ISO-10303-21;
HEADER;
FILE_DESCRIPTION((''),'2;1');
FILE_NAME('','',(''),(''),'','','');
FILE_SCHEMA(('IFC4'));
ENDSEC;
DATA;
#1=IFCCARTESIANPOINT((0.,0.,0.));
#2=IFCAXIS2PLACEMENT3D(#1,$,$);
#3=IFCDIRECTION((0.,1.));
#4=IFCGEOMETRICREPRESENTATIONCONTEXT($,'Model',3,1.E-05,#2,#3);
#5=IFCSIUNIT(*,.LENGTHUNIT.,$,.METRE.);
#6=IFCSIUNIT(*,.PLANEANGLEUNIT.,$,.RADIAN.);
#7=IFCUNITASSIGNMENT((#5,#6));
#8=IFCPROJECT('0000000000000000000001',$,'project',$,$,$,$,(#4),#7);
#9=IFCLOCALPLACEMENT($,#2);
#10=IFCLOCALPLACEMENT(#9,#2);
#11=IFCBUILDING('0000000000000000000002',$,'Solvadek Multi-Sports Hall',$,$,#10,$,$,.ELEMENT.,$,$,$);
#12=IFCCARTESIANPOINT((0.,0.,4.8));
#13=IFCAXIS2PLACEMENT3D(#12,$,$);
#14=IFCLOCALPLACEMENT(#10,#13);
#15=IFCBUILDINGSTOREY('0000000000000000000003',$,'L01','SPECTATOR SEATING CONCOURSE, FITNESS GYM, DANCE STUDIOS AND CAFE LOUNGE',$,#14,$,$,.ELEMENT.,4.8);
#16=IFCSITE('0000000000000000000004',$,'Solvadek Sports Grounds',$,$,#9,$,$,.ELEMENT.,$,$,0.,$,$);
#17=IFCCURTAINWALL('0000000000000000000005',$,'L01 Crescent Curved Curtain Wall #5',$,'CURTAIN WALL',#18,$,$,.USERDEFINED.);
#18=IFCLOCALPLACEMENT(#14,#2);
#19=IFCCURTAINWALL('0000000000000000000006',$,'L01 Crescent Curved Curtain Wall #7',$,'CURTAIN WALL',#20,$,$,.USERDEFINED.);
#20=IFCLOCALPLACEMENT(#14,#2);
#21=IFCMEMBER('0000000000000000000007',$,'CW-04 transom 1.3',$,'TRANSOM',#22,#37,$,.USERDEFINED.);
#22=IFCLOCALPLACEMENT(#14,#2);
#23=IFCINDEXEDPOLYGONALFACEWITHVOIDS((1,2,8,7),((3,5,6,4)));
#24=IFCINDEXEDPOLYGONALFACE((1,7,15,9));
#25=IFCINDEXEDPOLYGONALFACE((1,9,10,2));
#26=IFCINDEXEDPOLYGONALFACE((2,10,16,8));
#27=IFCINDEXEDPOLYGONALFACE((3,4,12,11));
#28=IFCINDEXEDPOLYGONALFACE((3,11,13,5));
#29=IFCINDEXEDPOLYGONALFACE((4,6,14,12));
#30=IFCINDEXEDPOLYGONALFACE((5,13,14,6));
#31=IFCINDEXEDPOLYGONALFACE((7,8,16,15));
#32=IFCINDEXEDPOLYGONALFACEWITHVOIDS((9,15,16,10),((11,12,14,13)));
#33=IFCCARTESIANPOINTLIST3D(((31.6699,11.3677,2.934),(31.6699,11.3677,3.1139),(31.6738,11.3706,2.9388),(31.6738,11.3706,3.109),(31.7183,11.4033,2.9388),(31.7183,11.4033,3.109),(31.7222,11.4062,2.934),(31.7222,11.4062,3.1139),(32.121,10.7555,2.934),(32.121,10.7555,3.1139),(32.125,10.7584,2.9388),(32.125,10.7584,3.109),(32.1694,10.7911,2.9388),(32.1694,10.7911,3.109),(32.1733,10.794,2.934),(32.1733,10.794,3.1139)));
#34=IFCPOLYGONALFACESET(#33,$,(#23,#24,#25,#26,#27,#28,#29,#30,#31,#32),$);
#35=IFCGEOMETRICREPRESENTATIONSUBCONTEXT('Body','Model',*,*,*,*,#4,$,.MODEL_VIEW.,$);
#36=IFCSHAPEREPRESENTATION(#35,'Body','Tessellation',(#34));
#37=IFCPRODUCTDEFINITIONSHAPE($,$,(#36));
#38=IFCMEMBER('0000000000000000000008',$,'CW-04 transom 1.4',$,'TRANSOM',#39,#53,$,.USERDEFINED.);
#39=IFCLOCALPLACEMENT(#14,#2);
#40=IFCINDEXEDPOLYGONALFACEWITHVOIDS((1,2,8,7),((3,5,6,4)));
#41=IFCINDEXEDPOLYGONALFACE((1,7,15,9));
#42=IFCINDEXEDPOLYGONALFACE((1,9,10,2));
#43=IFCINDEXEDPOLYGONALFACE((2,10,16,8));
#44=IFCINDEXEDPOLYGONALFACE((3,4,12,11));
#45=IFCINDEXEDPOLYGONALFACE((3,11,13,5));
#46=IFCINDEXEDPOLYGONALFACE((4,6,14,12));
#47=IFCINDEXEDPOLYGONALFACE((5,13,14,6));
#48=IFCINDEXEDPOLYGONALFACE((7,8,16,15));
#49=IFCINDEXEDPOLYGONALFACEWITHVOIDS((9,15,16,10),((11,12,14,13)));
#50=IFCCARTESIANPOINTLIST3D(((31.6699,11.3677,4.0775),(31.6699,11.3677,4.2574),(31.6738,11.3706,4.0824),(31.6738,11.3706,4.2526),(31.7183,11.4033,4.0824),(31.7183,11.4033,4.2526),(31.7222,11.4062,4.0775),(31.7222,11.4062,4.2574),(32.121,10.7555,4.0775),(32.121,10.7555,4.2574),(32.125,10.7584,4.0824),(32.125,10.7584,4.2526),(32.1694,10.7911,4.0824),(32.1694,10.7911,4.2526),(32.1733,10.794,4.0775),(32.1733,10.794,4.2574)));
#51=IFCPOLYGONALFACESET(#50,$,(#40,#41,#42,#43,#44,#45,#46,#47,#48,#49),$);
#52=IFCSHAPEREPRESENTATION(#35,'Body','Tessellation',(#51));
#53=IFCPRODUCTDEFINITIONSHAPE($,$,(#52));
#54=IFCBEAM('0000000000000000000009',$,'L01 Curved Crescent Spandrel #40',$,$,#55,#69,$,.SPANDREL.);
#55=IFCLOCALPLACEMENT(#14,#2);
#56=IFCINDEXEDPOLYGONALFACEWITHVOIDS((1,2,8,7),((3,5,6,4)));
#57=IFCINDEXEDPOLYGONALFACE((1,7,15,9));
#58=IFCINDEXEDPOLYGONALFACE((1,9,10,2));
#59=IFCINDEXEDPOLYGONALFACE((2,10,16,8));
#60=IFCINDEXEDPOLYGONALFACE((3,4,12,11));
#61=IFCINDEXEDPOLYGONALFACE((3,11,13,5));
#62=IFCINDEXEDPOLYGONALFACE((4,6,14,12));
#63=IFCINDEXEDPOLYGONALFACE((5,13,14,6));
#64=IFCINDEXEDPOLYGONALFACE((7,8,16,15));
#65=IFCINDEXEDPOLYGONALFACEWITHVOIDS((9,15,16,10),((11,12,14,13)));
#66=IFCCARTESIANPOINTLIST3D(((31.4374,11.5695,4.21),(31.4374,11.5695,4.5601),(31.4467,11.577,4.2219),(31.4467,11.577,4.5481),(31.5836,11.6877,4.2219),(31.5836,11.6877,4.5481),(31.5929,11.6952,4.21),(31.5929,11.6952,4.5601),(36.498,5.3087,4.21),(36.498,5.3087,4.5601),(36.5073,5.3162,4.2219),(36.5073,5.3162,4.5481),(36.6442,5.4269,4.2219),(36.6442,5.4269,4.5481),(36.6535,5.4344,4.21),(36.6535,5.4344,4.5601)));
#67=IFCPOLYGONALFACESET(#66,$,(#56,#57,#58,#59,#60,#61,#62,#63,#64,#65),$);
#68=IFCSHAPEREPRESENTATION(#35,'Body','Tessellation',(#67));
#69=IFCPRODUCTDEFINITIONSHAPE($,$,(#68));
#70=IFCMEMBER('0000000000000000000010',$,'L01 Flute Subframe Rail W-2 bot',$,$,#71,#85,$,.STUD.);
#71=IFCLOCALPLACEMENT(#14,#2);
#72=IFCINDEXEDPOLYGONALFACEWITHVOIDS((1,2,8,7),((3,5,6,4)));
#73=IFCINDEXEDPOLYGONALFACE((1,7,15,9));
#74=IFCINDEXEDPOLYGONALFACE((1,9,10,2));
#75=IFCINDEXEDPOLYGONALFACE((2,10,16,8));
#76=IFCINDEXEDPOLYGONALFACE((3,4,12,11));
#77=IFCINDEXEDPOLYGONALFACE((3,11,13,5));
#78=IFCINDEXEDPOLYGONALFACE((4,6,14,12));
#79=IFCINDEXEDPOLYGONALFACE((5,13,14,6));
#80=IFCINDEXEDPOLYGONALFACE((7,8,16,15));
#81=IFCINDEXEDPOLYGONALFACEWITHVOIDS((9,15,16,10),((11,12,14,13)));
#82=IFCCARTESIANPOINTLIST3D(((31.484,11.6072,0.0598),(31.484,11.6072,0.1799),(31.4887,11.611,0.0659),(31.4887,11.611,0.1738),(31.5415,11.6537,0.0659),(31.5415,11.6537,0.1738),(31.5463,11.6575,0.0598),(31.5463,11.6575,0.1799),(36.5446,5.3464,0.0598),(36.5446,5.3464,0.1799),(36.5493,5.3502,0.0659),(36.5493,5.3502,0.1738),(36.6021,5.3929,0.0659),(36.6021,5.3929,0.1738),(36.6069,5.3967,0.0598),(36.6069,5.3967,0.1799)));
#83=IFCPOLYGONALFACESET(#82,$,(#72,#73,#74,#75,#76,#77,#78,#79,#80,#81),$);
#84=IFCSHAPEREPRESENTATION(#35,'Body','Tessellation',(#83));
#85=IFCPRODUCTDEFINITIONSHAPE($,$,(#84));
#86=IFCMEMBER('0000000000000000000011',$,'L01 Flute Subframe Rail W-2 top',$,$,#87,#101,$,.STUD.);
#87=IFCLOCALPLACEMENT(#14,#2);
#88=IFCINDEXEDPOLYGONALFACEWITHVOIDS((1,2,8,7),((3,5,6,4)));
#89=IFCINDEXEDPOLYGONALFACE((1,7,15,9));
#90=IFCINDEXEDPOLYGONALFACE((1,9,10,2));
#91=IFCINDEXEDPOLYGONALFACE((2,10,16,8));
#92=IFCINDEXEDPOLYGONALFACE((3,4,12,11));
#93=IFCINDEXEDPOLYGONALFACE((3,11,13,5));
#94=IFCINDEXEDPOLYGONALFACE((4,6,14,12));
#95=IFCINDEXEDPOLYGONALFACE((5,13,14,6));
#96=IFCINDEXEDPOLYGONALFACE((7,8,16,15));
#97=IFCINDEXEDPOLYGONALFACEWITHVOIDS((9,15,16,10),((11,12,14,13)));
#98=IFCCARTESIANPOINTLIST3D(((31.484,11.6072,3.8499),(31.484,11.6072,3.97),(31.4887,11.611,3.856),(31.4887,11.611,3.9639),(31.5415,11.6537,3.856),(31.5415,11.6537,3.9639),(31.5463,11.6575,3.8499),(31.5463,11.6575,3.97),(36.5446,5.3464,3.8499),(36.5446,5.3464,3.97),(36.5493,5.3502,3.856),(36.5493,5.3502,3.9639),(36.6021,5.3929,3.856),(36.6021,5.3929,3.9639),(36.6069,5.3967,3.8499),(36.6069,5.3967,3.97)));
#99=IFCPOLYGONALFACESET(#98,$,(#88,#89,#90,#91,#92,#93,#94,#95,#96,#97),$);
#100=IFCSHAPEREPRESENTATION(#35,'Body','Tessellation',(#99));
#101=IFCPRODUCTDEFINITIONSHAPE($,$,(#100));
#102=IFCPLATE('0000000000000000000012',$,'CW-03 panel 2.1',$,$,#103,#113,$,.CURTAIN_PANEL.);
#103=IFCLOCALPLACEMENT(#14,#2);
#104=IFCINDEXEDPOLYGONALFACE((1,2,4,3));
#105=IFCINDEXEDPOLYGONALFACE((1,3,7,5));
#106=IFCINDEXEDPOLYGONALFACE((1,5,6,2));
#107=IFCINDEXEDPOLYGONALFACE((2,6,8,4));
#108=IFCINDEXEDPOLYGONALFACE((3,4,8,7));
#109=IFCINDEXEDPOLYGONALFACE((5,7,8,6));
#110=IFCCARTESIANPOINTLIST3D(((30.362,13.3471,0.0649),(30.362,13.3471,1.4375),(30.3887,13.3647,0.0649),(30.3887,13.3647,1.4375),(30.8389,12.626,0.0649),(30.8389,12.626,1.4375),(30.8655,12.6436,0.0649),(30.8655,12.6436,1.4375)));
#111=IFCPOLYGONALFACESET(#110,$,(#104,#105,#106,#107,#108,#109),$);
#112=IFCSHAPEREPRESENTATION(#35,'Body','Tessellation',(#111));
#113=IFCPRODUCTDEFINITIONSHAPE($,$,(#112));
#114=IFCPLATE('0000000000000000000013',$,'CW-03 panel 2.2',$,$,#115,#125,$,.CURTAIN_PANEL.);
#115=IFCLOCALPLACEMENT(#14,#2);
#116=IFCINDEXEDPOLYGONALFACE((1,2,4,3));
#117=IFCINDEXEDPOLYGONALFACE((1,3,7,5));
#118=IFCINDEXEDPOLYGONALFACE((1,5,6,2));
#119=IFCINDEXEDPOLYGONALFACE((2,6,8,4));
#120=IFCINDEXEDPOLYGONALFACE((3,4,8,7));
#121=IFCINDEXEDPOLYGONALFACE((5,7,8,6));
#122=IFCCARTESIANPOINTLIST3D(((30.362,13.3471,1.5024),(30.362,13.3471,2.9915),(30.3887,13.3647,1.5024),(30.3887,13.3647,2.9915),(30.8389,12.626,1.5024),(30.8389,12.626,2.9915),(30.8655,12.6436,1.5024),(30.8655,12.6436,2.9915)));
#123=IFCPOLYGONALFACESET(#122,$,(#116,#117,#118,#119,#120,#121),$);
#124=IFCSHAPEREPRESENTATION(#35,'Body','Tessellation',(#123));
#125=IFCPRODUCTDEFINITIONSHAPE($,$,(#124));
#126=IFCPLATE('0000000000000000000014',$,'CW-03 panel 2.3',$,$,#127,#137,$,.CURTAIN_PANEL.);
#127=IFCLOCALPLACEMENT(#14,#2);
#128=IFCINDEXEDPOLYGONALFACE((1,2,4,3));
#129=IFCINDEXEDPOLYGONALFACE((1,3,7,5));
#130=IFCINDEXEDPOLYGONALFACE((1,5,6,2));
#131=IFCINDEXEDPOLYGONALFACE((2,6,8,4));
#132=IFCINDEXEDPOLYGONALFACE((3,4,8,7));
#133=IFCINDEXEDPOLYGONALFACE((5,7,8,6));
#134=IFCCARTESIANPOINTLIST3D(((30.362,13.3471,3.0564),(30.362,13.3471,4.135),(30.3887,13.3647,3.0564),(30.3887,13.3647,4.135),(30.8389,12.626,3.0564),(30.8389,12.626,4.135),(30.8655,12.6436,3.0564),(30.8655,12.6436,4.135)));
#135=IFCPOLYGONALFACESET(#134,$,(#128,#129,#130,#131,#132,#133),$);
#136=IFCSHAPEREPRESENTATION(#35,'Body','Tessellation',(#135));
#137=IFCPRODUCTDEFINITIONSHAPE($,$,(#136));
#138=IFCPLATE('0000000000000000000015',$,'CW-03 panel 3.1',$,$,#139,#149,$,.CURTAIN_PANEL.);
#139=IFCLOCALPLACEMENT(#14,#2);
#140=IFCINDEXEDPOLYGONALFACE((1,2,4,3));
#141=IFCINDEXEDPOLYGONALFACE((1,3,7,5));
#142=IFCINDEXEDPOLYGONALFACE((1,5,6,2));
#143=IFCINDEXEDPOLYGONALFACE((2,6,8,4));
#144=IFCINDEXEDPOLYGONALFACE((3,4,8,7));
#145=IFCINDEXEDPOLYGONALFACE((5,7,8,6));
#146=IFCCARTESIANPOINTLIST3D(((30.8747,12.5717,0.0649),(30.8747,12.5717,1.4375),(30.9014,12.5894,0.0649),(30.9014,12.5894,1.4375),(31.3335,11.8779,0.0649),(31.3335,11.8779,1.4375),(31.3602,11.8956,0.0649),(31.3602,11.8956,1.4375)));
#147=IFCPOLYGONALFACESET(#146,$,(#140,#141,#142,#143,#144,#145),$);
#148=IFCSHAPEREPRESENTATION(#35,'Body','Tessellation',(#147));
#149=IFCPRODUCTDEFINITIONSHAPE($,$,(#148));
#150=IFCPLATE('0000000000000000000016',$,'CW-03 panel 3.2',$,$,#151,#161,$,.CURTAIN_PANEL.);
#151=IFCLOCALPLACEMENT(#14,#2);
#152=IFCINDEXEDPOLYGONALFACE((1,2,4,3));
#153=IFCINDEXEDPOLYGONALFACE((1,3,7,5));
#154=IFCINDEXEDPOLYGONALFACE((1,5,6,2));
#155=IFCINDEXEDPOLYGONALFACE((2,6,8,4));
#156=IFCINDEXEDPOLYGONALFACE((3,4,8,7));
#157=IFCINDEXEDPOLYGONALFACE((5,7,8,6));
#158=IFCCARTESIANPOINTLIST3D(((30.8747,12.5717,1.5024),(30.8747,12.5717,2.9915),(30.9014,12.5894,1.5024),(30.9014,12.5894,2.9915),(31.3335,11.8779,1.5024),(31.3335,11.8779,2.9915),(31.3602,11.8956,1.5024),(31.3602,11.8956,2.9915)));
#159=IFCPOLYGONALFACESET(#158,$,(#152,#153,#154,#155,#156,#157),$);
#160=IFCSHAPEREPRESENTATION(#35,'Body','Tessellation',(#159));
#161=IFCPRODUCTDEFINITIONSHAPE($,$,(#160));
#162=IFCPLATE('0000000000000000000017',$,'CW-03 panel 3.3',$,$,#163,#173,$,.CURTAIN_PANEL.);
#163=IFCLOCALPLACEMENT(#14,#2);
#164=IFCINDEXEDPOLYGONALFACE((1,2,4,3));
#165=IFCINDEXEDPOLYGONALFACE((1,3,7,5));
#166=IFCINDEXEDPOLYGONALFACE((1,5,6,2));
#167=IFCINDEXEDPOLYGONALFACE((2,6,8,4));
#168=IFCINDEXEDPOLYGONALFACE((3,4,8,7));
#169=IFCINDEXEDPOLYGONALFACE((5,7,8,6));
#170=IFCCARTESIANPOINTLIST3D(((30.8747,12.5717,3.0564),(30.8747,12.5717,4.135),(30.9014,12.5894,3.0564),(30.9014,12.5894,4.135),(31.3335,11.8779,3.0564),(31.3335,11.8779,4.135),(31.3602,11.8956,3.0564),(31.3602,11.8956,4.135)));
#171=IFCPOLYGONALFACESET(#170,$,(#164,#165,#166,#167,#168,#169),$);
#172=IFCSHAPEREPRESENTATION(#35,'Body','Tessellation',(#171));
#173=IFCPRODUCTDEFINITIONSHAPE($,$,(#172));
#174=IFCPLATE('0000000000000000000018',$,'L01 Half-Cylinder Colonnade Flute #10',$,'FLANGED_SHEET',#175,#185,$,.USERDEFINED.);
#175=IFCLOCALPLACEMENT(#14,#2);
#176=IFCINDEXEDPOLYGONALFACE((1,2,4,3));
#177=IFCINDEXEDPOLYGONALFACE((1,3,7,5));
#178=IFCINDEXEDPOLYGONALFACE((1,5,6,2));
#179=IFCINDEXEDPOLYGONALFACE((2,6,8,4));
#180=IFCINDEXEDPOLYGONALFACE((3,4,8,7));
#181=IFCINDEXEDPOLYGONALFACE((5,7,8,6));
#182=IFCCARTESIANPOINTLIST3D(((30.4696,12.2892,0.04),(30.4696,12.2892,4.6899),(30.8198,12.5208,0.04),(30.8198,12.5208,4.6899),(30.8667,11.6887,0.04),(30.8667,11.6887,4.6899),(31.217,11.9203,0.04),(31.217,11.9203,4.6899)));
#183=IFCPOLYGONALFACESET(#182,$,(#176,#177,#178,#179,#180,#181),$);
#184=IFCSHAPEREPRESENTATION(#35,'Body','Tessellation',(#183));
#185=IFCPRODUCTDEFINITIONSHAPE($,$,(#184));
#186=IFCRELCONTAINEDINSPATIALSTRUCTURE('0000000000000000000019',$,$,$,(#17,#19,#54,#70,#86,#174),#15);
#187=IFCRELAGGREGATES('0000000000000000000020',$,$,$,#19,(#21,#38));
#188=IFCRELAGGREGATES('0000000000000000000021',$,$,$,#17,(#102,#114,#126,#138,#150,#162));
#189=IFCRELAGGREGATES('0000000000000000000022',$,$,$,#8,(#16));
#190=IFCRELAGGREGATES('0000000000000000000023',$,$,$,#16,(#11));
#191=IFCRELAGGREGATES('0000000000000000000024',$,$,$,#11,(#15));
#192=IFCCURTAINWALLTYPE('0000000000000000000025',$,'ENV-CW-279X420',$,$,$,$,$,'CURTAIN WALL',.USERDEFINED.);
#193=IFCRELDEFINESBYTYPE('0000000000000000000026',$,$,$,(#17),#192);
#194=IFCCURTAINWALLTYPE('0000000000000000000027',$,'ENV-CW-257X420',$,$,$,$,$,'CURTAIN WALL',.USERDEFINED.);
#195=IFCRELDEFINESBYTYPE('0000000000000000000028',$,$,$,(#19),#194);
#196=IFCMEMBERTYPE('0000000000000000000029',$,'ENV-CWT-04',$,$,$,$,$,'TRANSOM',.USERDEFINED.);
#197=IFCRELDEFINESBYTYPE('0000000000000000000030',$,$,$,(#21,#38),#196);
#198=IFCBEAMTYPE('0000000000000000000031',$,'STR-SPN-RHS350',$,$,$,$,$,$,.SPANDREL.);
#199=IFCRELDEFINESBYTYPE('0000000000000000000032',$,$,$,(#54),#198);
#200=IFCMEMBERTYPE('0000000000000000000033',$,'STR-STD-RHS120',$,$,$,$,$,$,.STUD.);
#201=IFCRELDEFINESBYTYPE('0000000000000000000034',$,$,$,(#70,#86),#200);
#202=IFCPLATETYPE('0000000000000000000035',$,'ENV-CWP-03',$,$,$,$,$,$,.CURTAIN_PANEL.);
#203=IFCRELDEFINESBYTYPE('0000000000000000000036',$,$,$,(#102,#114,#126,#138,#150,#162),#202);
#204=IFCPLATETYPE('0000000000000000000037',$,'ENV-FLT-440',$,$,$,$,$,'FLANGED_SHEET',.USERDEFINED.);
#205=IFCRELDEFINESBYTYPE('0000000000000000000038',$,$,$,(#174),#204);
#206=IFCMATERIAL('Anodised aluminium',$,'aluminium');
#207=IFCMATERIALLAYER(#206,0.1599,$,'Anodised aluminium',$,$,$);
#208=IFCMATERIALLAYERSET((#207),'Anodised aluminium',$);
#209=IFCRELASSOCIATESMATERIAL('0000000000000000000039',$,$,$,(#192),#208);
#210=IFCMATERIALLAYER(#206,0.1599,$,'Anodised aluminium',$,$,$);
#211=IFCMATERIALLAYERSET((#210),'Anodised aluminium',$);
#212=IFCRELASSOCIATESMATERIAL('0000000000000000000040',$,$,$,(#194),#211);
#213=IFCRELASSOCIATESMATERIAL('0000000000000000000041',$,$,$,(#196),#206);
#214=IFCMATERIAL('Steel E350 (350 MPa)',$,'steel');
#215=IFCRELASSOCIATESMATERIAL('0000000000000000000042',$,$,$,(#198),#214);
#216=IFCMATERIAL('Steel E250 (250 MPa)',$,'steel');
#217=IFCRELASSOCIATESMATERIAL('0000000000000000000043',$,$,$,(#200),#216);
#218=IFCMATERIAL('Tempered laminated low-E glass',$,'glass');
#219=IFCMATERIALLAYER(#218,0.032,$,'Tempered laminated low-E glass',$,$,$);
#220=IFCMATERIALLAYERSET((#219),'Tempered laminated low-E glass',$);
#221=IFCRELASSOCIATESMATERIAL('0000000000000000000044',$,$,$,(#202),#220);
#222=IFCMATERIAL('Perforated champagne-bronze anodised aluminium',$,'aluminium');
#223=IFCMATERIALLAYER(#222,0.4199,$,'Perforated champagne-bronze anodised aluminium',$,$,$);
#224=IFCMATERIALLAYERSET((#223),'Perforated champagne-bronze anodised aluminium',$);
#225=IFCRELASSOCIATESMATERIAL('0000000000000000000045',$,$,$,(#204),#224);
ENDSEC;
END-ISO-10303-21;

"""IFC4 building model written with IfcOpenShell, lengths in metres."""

from ifc_helpers import new_model, si_unit, direction, frame, origin, origin_2d, place, context, subcontext, project, spatial, rectangle, hollow_rectangle, extrude, material, layer, layer_set, material_profile, profile_set, type_object, element, aggregate, save


model = new_model("IFC4")

# Units and contexts
model_context = context("Model", 3, precision=1e-05, world=origin(), true_north=direction((0.0, 1.0)))
body_context = subcontext(model_context, "Body", "Model", "MODEL_VIEW")
ifc_project = project(units=[si_unit("LENGTHUNIT", "METRE"), si_unit("PLANEANGLEUNIT", "RADIAN")], contexts=[model_context])

# Site, building, storey
site_placement = place(None, origin())
site = spatial("IfcSite", under=ifc_project, at=site_placement, Name="Solvadek Sports Grounds", CompositionType="ELEMENT", RefElevation=0.0)
building_placement = place(site_placement, origin())
building = spatial("IfcBuilding", under=site, at=building_placement, Name="Solvadek Multi-Sports Hall", CompositionType="ELEMENT")
storey_placement = place(building_placement, frame((0.0, 0.0, 4.8)))
storey = spatial("IfcBuildingStorey", under=building, at=storey_placement, Name="L01", Description="SPECTATOR SEATING CONCOURSE, FITNESS GYM, DANCE STUDIOS AND CAFE LOUNGE", CompositionType="ELEMENT", Elevation=4.8)

# Shared definitions
ifc_material_1 = material(Name="Steel E350 (350 MPa)", Category="steel")

# Curtain wall
ifc_material_2 = material(Name="Anodised aluminium", Category="aluminium")
ifc_layer_1 = layer(ifc_material_2, 0.1599, Name="Anodised aluminium")
ifc_layer_set_1 = layer_set([ifc_layer_1], Name="Anodised aluminium")
curtain_wall_type_1 = type_object("IfcCurtainWallType", Name="ENV-CW-279X420", ElementType="CURTAIN WALL", PredefinedType="USERDEFINED", material=ifc_layer_set_1)
curtain_wall_1_placement = place(storey_placement, origin())
curtain_wall_1 = element("IfcCurtainWall", 1, at=curtain_wall_1_placement, inside=storey, type_object=curtain_wall_type_1, Name="L01 Crescent Curved Curtain Wall #5", ObjectType="CURTAIN WALL", PredefinedType="USERDEFINED")

# Curtain wall
ifc_layer_2 = layer(ifc_material_2, 0.1599, Name="Anodised aluminium")
ifc_layer_set_2 = layer_set([ifc_layer_2], Name="Anodised aluminium")
curtain_wall_type_2 = type_object("IfcCurtainWallType", Name="ENV-CW-257X420", ElementType="CURTAIN WALL", PredefinedType="USERDEFINED", material=ifc_layer_set_2)
curtain_wall_2_placement = place(storey_placement, origin())
curtain_wall_2 = element("IfcCurtainWall", 2, at=curtain_wall_2_placement, inside=storey, type_object=curtain_wall_type_2, Name="L01 Crescent Curved Curtain Wall #7", ObjectType="CURTAIN WALL", PredefinedType="USERDEFINED")

# Members
ifc_material_profile_1 = material_profile(ifc_material_2, hollow_rectangle(XDim=0.0649, YDim=0.1799, WallThickness=0.0049, at=origin_2d()), Name="ALU-T 180x65x5")
ifc_profile_set_1 = profile_set([ifc_material_profile_1], Name="Anodised aluminium")
member_type_1 = type_object("IfcMemberType", Name="ENV-CWT-04", ElementType="TRANSOM", PredefinedType="USERDEFINED", material=ifc_profile_set_1)
member_1_placement = place(storey_placement, frame((31.696, 11.387, 3.0239), z_axis=(0.593199, -0.805056, 0.0), x_axis=(0.805056, 0.593199, 0.0)))
member_1 = element("IfcMember", 3, at=member_1_placement, type_object=member_type_1, Name="CW-04 transom 1.3", ObjectType="TRANSOM", PredefinedType="USERDEFINED", context=body_context, shape_type="SweptSolid", body=[
    extrude(hollow_rectangle(XDim=0.0649, YDim=0.1799, WallThickness=0.0049, at=origin_2d()), origin(), (0.0, 0.0, 1.0), 0.7605),
])
member_2_placement = place(storey_placement, frame((31.696, 11.387, 4.1675), z_axis=(0.593199, -0.805056, 0.0), x_axis=(0.805056, 0.593199, 0.0)))
member_2 = element("IfcMember", 4, at=member_2_placement, type_object=member_type_1, Name="CW-04 transom 1.4", ObjectType="TRANSOM", PredefinedType="USERDEFINED", context=body_context, shape_type="SweptSolid", body=[
    extrude(hollow_rectangle(XDim=0.0649, YDim=0.1799, WallThickness=0.0049, at=origin_2d()), origin(), (0.0, 0.0, 1.0), 0.7605),
])
aggregate(curtain_wall_2, [member_1, member_2])

# Beam
ifc_material_profile_2 = material_profile(ifc_material_1, hollow_rectangle(XDim=0.2, YDim=0.3501, WallThickness=0.012, at=origin_2d()), Name="RHS 350x200x12")
ifc_profile_set_2 = profile_set([ifc_material_profile_2], Name="Steel E350 (350 MPa)")
beam_type = type_object("IfcBeamType", Name="STR-SPN-RHS350", PredefinedType="SPANDREL", material=ifc_profile_set_2)
beam_placement = place(storey_placement, frame((31.5151, 11.6323, 4.385), z_axis=(0.628622, -0.777711, 0.0), x_axis=(0.777711, 0.628622, 0.0)))
element("IfcBeam", 5, at=beam_placement, inside=storey, type_object=beam_type, Name="L01 Curved Crescent Spandrel #40", PredefinedType="SPANDREL", context=body_context, shape_type="SweptSolid", body=[
    extrude(hollow_rectangle(XDim=0.2, YDim=0.3501, WallThickness=0.012, at=origin_2d()), origin(), (0.0, 0.0, 1.0), 8.0503),
])

# Members
ifc_material_3 = material(Name="Steel E250 (250 MPa)", Category="steel")
ifc_material_profile_3 = material_profile(ifc_material_3, hollow_rectangle(XDim=0.0801, YDim=0.1201, WallThickness=0.0061, at=origin_2d()), Name="RHS 120x80x6")
ifc_profile_set_3 = profile_set([ifc_material_profile_3], Name="Steel E250 (250 MPa)")
member_type_2 = type_object("IfcMemberType", Name="STR-STD-RHS120", PredefinedType="STUD", material=ifc_profile_set_3)
for number, where, z_axis, x_axis, name in (
    (6, (31.5151, 11.6323, 0.1199), (0.628622, -0.777711, 0.0), (0.777711, 0.628622, 0.0), "L01 Flute Subframe Rail W-2 bot"),
    (7, (31.5151, 11.6323, 3.9099), (0.628622, -0.777711, 0.0), (0.777711, 0.628622, 0.0), "L01 Flute Subframe Rail W-2 top"),
):
    element("IfcMember", number, at=place(storey_placement, frame(where, z_axis=z_axis, x_axis=x_axis)), inside=storey, type_object=member_type_2, Name=name, PredefinedType="STUD", context=body_context, shape_type="SweptSolid", body=[
        extrude(hollow_rectangle(XDim=0.0801, YDim=0.1201, WallThickness=0.0061, at=origin_2d()), origin(), (0.0, 0.0, 1.0), 8.0503),
    ])

# Plates
ifc_material_4 = material(Name="Tempered laminated low-E glass", Category="glass")
ifc_layer_3 = layer(ifc_material_4, 0.032, Name="Tempered laminated low-E glass")
ifc_layer_set_3 = layer_set([ifc_layer_3], Name="Tempered laminated low-E glass")
plate_type_1 = type_object("IfcPlateType", Name="ENV-CWP-03", PredefinedType="CURTAIN_PANEL", material=ifc_layer_set_3)
plate_1_placement = place(storey_placement, frame((30.6138, 12.9954, 0.0649), z_axis=(0.0, 0.0, 1.0), x_axis=(0.551617, -0.834097, 0.0)))
plate_1 = element("IfcPlate", 8, at=plate_1_placement, type_object=plate_type_1, Name="CW-03 panel 2.1", PredefinedType="CURTAIN_PANEL", context=body_context, shape_type="SweptSolid", body=[
    extrude(rectangle(XDim=0.8645, YDim=0.032, at=origin_2d()), origin(), (0.0, 0.0, 1.0), 1.3726),
])
plate_2_placement = place(storey_placement, frame((30.6138, 12.9954, 1.5024), z_axis=(0.0, 0.0, 1.0), x_axis=(0.551617, -0.834097, 0.0)))
plate_2 = element("IfcPlate", 9, at=plate_2_placement, type_object=plate_type_1, Name="CW-03 panel 2.2", PredefinedType="CURTAIN_PANEL", context=body_context, shape_type="SweptSolid", body=[
    extrude(rectangle(XDim=0.8645, YDim=0.032, at=origin_2d()), origin(), (0.0, 0.0, 1.0), 1.489),
])
plate_3_placement = place(storey_placement, frame((30.6138, 12.9954, 3.0564), z_axis=(0.0, 0.0, 1.0), x_axis=(0.551617, -0.834097, 0.0)))
plate_3 = element("IfcPlate", 10, at=plate_3_placement, type_object=plate_type_1, Name="CW-03 panel 2.3", PredefinedType="CURTAIN_PANEL", context=body_context, shape_type="SweptSolid", body=[
    extrude(rectangle(XDim=0.8645, YDim=0.032, at=origin_2d()), origin(), (0.0, 0.0, 1.0), 1.0786),
])
plate_4_placement = place(storey_placement, frame((31.1174, 12.2336, 0.0649), z_axis=(0.0, 0.0, 1.0), x_axis=(0.551617, -0.834097, 0.0)))
plate_4 = element("IfcPlate", 11, at=plate_4_placement, type_object=plate_type_1, Name="CW-03 panel 3.1", PredefinedType="CURTAIN_PANEL", context=body_context, shape_type="SweptSolid", body=[
    extrude(rectangle(XDim=0.8318, YDim=0.032, at=origin_2d()), origin(), (0.0, 0.0, 1.0), 1.3726),
])
plate_5_placement = place(storey_placement, frame((31.1174, 12.2336, 1.5024), z_axis=(0.0, 0.0, 1.0), x_axis=(0.551617, -0.834097, 0.0)))
plate_5 = element("IfcPlate", 12, at=plate_5_placement, type_object=plate_type_1, Name="CW-03 panel 3.2", PredefinedType="CURTAIN_PANEL", context=body_context, shape_type="SweptSolid", body=[
    extrude(rectangle(XDim=0.8318, YDim=0.032, at=origin_2d()), origin(), (0.0, 0.0, 1.0), 1.489),
])
plate_6_placement = place(storey_placement, frame((31.1174, 12.2336, 3.0564), z_axis=(0.0, 0.0, 1.0), x_axis=(0.551617, -0.834097, 0.0)))
plate_6 = element("IfcPlate", 13, at=plate_6_placement, type_object=plate_type_1, Name="CW-03 panel 3.3", PredefinedType="CURTAIN_PANEL", context=body_context, shape_type="SweptSolid", body=[
    extrude(rectangle(XDim=0.8318, YDim=0.032, at=origin_2d()), origin(), (0.0, 0.0, 1.0), 1.0786),
])
aggregate(curtain_wall_1, [plate_1, plate_2, plate_3, plate_4, plate_5, plate_6])

# Plate
ifc_material_5 = material(Name="Perforated champagne-bronze anodised aluminium", Category="aluminium")
ifc_layer_4 = layer(ifc_material_5, 0.4199, Name="Perforated champagne-bronze anodised aluminium")
ifc_layer_set_4 = layer_set([ifc_layer_4], Name="Perforated champagne-bronze anodised aluminium")
plate_type_2 = type_object("IfcPlateType", Name="ENV-FLT-440", ElementType="FLANGED_SHEET", PredefinedType="USERDEFINED", material=ifc_layer_set_4)
for number, where, z_axis, x_axis, name in (
    (14, (30.8433, 12.1047, 0.04), (0.0, 0.0, 1.0), (0.55161, -0.834102, 0.0), "L01 Half-Cylinder Colonnade Flute #10"),
):
    element("IfcPlate", number, at=place(storey_placement, frame(where, z_axis=z_axis, x_axis=x_axis)), inside=storey, type_object=plate_type_2, Name=name, ObjectType="FLANGED_SHEET", PredefinedType="USERDEFINED", context=body_context, shape_type="SweptSolid", body=[
        extrude(rectangle(XDim=0.72, YDim=0.4199, at=origin_2d()), origin(), (0.0, 0.0, 1.0), 4.6499),
    ])

save(model, "model.ifc")
